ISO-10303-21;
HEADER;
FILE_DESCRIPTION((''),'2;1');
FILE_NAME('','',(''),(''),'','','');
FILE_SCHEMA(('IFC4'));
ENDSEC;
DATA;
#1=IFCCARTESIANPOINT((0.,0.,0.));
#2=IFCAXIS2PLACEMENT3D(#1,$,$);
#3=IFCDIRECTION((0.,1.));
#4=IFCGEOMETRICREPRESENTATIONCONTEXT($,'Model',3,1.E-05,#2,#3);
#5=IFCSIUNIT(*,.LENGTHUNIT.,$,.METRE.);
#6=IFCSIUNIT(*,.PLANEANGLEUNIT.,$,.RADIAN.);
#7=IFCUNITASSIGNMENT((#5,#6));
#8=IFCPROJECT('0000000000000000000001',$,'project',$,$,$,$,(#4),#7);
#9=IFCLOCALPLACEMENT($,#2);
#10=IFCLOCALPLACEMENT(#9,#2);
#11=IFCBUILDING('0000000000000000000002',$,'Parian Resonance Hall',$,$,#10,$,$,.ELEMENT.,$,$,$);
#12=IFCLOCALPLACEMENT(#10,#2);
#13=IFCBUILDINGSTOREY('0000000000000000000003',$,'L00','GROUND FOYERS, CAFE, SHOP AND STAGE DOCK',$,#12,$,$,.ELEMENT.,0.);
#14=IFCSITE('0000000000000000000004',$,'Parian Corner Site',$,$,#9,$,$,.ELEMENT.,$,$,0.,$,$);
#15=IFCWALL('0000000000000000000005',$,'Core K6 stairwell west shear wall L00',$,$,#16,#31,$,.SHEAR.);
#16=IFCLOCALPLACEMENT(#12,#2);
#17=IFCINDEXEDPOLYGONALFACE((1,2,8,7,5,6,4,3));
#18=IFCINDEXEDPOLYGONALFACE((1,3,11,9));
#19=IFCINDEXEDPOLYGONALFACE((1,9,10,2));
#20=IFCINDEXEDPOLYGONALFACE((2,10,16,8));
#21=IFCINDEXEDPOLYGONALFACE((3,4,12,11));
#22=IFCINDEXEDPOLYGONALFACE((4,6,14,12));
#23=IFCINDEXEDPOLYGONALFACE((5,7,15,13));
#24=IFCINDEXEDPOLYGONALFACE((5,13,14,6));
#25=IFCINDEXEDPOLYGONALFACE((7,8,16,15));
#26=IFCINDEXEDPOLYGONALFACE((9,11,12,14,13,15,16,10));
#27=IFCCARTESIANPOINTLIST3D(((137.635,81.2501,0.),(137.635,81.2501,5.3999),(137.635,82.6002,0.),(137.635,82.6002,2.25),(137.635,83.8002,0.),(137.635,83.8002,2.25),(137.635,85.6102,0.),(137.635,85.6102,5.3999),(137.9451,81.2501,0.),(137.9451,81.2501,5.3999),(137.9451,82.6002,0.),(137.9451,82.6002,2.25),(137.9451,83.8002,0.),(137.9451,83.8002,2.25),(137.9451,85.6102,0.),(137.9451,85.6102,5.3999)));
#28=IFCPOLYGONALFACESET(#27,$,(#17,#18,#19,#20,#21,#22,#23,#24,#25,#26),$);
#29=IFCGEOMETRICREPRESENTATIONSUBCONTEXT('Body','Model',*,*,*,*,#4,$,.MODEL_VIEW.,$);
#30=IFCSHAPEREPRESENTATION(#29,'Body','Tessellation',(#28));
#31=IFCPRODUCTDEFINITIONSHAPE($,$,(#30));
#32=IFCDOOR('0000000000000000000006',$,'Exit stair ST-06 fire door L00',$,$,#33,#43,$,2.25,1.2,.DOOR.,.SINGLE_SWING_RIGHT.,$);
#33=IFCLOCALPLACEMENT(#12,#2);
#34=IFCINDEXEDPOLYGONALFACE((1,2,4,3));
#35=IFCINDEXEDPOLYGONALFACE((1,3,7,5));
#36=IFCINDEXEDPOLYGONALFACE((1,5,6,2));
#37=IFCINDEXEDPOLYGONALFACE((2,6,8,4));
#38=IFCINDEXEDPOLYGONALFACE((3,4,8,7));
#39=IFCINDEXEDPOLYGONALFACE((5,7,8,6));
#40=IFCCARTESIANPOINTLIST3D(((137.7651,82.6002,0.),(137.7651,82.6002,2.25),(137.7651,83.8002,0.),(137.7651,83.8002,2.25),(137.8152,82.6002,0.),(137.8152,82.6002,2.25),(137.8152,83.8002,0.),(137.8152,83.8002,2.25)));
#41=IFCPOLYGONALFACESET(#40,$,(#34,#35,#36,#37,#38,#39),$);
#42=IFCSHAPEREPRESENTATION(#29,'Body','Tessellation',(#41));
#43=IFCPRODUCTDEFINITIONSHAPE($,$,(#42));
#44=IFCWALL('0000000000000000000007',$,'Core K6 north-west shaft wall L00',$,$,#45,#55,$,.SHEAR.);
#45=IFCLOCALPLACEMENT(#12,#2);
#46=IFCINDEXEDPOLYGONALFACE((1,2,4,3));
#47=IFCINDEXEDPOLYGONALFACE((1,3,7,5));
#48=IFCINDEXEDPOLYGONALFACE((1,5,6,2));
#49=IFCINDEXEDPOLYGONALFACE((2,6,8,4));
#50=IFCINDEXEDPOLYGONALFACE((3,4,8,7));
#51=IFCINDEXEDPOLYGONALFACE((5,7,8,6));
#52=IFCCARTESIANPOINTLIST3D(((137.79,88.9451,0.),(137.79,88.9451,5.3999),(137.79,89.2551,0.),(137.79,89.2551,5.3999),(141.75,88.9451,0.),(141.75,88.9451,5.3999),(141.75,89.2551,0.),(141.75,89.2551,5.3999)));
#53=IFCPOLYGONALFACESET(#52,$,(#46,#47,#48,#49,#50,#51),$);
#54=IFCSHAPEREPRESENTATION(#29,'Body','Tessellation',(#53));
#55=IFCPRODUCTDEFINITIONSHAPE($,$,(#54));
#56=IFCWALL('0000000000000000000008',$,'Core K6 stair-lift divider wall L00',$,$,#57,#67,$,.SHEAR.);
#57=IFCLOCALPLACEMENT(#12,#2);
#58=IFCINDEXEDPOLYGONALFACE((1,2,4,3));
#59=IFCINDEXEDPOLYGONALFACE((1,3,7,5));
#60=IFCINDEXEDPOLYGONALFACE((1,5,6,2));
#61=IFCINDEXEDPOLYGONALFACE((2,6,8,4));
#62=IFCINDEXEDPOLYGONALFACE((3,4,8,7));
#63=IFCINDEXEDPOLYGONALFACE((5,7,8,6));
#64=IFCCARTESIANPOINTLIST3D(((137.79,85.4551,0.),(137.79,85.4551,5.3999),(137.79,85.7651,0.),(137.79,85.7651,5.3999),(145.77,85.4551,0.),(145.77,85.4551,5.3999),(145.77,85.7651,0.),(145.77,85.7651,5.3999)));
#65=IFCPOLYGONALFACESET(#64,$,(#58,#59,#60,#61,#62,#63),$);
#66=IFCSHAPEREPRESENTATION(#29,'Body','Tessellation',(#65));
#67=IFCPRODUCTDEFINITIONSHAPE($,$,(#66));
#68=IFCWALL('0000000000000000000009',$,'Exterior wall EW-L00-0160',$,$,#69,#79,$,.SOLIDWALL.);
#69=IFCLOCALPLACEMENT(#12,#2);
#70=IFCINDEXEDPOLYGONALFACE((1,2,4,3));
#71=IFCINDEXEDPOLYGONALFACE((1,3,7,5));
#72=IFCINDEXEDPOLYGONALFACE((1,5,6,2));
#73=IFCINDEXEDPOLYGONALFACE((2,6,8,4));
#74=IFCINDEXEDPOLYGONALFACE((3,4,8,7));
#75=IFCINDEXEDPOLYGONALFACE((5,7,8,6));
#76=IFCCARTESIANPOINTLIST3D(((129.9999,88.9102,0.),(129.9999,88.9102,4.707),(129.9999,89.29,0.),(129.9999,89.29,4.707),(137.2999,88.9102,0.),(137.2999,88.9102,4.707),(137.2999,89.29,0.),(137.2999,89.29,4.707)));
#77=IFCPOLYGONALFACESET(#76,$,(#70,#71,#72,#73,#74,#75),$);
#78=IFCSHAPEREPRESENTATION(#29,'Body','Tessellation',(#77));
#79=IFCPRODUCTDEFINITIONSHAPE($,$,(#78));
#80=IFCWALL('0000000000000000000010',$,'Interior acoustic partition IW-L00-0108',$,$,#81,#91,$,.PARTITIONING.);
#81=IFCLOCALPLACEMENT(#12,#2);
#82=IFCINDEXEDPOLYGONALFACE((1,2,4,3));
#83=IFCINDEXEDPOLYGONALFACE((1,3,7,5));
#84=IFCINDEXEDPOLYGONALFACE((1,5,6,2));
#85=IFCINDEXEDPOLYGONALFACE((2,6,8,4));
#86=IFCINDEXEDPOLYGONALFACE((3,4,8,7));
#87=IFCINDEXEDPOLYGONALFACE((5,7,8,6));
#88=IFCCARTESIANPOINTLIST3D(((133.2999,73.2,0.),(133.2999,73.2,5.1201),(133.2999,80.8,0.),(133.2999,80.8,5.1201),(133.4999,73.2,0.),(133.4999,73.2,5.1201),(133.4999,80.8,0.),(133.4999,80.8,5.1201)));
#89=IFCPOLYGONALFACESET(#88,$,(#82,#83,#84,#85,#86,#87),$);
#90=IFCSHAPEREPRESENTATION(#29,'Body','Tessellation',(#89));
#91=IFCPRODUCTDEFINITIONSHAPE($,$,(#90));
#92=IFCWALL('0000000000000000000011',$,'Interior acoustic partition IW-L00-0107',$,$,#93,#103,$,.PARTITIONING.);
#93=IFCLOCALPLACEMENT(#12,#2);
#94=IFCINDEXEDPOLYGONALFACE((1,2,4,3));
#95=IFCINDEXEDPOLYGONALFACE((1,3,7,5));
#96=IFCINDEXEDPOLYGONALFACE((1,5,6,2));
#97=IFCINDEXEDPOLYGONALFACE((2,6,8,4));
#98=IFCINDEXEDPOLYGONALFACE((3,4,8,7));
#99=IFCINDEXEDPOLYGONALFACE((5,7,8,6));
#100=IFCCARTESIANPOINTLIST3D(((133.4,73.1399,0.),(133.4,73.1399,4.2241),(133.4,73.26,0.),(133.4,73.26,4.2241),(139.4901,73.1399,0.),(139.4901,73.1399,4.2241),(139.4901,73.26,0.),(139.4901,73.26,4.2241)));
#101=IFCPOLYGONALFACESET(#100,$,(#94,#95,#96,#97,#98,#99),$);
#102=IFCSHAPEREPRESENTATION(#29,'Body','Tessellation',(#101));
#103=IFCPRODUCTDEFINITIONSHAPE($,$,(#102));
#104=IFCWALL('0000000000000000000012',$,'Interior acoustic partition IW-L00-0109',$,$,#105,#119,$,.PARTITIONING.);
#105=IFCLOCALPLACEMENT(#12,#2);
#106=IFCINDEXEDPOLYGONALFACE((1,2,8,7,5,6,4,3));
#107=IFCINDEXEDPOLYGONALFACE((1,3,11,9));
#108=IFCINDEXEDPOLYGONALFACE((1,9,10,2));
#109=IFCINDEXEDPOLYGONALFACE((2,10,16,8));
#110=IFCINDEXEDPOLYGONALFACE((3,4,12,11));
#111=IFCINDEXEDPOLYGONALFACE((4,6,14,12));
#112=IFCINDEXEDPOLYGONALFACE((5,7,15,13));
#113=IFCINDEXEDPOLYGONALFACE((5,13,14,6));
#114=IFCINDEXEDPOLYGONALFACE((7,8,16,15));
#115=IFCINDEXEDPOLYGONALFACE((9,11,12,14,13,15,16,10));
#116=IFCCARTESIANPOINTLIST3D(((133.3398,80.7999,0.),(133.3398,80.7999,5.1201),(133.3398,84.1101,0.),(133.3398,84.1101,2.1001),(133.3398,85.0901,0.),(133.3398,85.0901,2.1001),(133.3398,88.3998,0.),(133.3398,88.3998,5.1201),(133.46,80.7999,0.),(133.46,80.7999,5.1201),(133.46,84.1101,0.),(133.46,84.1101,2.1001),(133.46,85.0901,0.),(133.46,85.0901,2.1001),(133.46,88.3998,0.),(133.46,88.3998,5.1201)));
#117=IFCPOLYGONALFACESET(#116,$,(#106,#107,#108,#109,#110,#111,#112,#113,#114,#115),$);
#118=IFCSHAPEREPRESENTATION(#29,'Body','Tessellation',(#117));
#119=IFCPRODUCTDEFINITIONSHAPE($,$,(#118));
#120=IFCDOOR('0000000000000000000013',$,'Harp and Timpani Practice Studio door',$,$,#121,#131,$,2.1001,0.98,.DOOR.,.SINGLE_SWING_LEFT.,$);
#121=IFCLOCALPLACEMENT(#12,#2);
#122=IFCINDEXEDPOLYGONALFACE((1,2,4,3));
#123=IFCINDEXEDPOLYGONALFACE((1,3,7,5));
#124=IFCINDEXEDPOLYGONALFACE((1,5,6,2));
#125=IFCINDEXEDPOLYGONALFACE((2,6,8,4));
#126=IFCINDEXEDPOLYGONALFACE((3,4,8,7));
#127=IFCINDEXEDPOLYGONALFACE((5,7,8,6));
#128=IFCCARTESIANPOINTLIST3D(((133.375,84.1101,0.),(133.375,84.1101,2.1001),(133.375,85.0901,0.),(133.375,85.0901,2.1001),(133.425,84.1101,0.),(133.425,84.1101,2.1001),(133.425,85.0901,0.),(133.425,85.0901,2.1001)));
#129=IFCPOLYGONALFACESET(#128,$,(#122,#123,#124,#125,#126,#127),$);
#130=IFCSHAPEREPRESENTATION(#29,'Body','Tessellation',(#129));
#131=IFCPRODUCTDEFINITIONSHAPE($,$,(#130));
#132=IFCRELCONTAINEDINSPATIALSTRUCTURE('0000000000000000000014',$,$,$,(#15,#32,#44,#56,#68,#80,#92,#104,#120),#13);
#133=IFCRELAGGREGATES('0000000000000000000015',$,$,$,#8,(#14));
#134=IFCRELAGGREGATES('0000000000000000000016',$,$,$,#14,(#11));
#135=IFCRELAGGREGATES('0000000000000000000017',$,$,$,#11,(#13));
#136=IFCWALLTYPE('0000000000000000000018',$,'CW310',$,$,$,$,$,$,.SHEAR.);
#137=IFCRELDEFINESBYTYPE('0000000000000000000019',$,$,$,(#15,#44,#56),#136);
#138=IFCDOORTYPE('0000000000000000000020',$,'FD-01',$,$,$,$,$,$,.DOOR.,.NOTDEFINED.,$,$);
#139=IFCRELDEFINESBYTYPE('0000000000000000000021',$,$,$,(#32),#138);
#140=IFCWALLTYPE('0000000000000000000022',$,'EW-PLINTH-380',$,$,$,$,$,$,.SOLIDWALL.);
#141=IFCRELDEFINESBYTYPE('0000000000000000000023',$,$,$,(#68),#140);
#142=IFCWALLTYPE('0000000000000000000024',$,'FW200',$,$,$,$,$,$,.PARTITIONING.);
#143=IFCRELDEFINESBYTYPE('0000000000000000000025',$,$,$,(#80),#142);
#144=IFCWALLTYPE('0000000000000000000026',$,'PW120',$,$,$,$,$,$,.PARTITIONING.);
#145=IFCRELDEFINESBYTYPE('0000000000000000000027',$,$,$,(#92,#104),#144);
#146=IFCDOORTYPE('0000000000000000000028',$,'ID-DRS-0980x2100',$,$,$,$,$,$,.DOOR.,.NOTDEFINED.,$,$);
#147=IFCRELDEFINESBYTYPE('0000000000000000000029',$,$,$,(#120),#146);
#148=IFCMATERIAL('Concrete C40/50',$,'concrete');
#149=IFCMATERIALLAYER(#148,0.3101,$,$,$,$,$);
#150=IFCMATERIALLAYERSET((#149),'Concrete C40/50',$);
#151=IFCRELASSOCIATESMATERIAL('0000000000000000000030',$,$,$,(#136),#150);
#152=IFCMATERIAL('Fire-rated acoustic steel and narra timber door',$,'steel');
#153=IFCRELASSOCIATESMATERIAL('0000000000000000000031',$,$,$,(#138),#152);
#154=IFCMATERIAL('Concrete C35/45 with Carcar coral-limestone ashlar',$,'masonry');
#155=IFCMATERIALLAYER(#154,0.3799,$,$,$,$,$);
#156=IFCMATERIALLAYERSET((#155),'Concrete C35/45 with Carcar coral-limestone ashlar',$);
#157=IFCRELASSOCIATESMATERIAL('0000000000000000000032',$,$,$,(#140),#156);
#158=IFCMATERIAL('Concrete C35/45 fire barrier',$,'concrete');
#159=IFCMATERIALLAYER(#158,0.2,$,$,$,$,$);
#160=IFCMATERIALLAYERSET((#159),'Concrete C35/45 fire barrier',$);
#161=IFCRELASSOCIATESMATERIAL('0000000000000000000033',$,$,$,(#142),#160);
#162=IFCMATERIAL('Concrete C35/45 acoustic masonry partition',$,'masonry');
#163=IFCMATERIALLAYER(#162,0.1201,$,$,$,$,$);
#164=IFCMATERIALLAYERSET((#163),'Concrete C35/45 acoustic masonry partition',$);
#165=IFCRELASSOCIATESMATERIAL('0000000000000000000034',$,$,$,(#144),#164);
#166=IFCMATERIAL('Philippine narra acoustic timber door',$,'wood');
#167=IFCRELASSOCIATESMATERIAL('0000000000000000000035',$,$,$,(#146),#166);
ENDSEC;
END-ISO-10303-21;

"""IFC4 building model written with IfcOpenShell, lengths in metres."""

from ifc_helpers import new_model, si_unit, direction, frame, frame_2d, origin, place, context, subcontext, project, spatial, rectangle, extrude, material, layer, layer_set, type_object, element, fill, save


model = new_model("IFC4")

# Units and contexts
model_context = context("Model", 3, precision=1e-05, world=origin(), true_north=direction((0.0, 1.0)))
body_context = subcontext(model_context, "Body", "Model", "MODEL_VIEW")
ifc_project = project(units=[si_unit("LENGTHUNIT", "METRE"), si_unit("PLANEANGLEUNIT", "RADIAN")], contexts=[model_context])

# Site, building, storey
site_placement = place(None, origin())
site = spatial("IfcSite", under=ifc_project, at=site_placement, Name="Parian Corner Site", CompositionType="ELEMENT", RefElevation=0.0)
building_placement = place(site_placement, origin())
building = spatial("IfcBuilding", under=site, at=building_placement, Name="Parian Resonance Hall", CompositionType="ELEMENT")
storey_placement = place(building_placement, origin())
storey = spatial("IfcBuildingStorey", under=building, at=storey_placement, Name="L00", Description="GROUND FOYERS, CAFE, SHOP AND STAGE DOCK", CompositionType="ELEMENT", Elevation=0.0)

# Wall, opening, door
ifc_material_1 = material(Name="Concrete C40/50", Category="concrete")
ifc_layer_1 = layer(ifc_material_1, 0.3101)
ifc_layer_set_1 = layer_set([ifc_layer_1], Name="Concrete C40/50")
wall_type_1 = type_object("IfcWallType", Name="CW310", PredefinedType="SHEAR", material=ifc_layer_set_1)
wall_1_placement = place(storey_placement, frame((137.79, 81.25, 0.0), z_axis=(0.0, 0.0, 1.0), x_axis=(0.0, 1.0, 0.0)))
wall_1 = element("IfcWall", 1, at=wall_1_placement, inside=storey, type_object=wall_type_1, Name="Core K6 stairwell west shear wall L00", PredefinedType="SHEAR", context=body_context, shape_type="SweptSolid", body=[
    extrude(rectangle(XDim=4.3601, YDim=0.3101, at=frame_2d((2.1802, 0.0))), origin(), (0.0, 0.0, 1.0), 5.3999),
])
opening_1_placement = place(wall_1_placement, frame((1.3501, 0.0, 0.0)))
opening_1 = element("IfcOpeningElement", 2, at=opening_1_placement, cuts=wall_1, PredefinedType="OPENING", context=body_context, shape_type="SweptSolid", body=[
    extrude(rectangle(XDim=1.2, YDim=2.25, at=frame_2d((0.6001, 1.125))), frame((0.0, 0.165, 0.0), z_axis=(0.0, -1.0, 0.0), x_axis=(1.0, 0.0, 0.0)), (0.0, 0.0, 1.0), 0.3301),
])
ifc_material_2 = material(Name="Fire-rated acoustic steel and narra timber door", Category="steel")
door_type_1 = type_object("IfcDoorType", Name="FD-01", OperationType="NOTDEFINED", PredefinedType="DOOR", material=ifc_material_2)
door_1_placement = place(opening_1_placement, origin())
door_1 = element("IfcDoor", 3, at=door_1_placement, inside=storey, type_object=door_type_1, Name="Exit stair ST-06 fire door L00", OperationType="SINGLE_SWING_RIGHT", OverallHeight=2.25, OverallWidth=1.2, PredefinedType="DOOR", context=body_context, shape_type="SweptSolid", body=[
    extrude(rectangle(XDim=1.2, YDim=2.25, at=frame_2d((0.6001, 1.125))), frame((0.0, 0.0249, 0.0), z_axis=(0.0, -1.0, 0.0), x_axis=(1.0, 0.0, 0.0)), (0.0, 0.0, 1.0), 0.05),
])
fill(opening_1, door_1)

# Walls
wall_2_placement = place(storey_placement, frame((137.79, 89.1001, 0.0), z_axis=(0.0, 0.0, 1.0), x_axis=(1.0, 0.0, 0.0)))
element("IfcWall", 4, at=wall_2_placement, inside=storey, type_object=wall_type_1, Name="Core K6 north-west shaft wall L00", PredefinedType="SHEAR", context=body_context, shape_type="SweptSolid", body=[
    extrude(rectangle(XDim=3.96, YDim=0.3101, at=frame_2d((1.98, 0.0))), origin(), (0.0, 0.0, 1.0), 5.3999),
])
wall_3_placement = place(storey_placement, frame((137.79, 85.6101, 0.0), z_axis=(0.0, 0.0, 1.0), x_axis=(1.0, 0.0, 0.0)))
element("IfcWall", 5, at=wall_3_placement, inside=storey, type_object=wall_type_1, Name="Core K6 stair-lift divider wall L00", PredefinedType="SHEAR", context=body_context, shape_type="SweptSolid", body=[
    extrude(rectangle(XDim=7.98, YDim=0.3101, at=frame_2d((3.99, 0.0))), origin(), (0.0, 0.0, 1.0), 5.3999),
])

# Shared definitions
ifc_material_3 = material(Name="Concrete C35/45 with Carcar coral-limestone ashlar", Category="masonry")
ifc_layer_2 = layer(ifc_material_3, 0.3799)
ifc_layer_set_2 = layer_set([ifc_layer_2], Name="Concrete C35/45 with Carcar coral-limestone ashlar")
wall_type_2 = type_object("IfcWallType", Name="EW-PLINTH-380", PredefinedType="SOLIDWALL", material=ifc_layer_set_2)

# Walls
wall_4_placement = place(storey_placement, frame((130.0, 89.1001, 0.0), z_axis=(0.0, 0.0, 1.0), x_axis=(1.0, 0.0, 0.0)))
element("IfcWall", 6, at=wall_4_placement, inside=storey, type_object=wall_type_2, Name="Exterior wall EW-L00-0160", PredefinedType="SOLIDWALL", context=body_context, shape_type="SweptSolid", body=[
    extrude(rectangle(XDim=7.3, YDim=0.3799, at=frame_2d((3.6499, 0.0))), origin(), (0.0, 0.0, 1.0), 4.707),
])
ifc_material_4 = material(Name="Concrete C35/45 fire barrier", Category="concrete")
ifc_layer_3 = layer(ifc_material_4, 0.2)
ifc_layer_set_3 = layer_set([ifc_layer_3], Name="Concrete C35/45 fire barrier")
wall_type_3 = type_object("IfcWallType", Name="FW200", PredefinedType="PARTITIONING", material=ifc_layer_set_3)
wall_5_placement = place(storey_placement, frame((133.3999, 73.2, 0.0), z_axis=(0.0, 0.0, 1.0), x_axis=(0.0, 1.0, 0.0)))
element("IfcWall", 7, at=wall_5_placement, inside=storey, type_object=wall_type_3, Name="Interior acoustic partition IW-L00-0108", PredefinedType="PARTITIONING", context=body_context, shape_type="SweptSolid", body=[
    extrude(rectangle(XDim=7.6001, YDim=0.2, at=frame_2d((3.8, 0.0))), origin(), (0.0, 0.0, 1.0), 5.1201),
])
ifc_material_5 = material(Name="Concrete C35/45 acoustic masonry partition", Category="masonry")
ifc_layer_4 = layer(ifc_material_5, 0.1201)
ifc_layer_set_4 = layer_set([ifc_layer_4], Name="Concrete C35/45 acoustic masonry partition")
wall_type_4 = type_object("IfcWallType", Name="PW120", PredefinedType="PARTITIONING", material=ifc_layer_set_4)
wall_6_placement = place(storey_placement, frame((139.49, 73.2, 0.0), z_axis=(0.0, 0.0, 1.0), x_axis=(-1.0, 0.0, 0.0)))
element("IfcWall", 8, at=wall_6_placement, inside=storey, type_object=wall_type_4, Name="Interior acoustic partition IW-L00-0107", PredefinedType="PARTITIONING", context=body_context, shape_type="SweptSolid", body=[
    extrude(rectangle(XDim=6.0901, YDim=0.1201, at=frame_2d((3.0449, 0.0))), origin(), (0.0, 0.0, 1.0), 4.2241),
])

# Wall, opening, door
wall_7_placement = place(storey_placement, frame((133.3999, 80.8, 0.0), z_axis=(0.0, 0.0, 1.0), x_axis=(0.0, 1.0, 0.0)))
wall_7 = element("IfcWall", 9, at=wall_7_placement, inside=storey, type_object=wall_type_4, Name="Interior acoustic partition IW-L00-0109", PredefinedType="PARTITIONING", context=body_context, shape_type="SweptSolid", body=[
    extrude(rectangle(XDim=7.5999, YDim=0.1201, at=frame_2d((3.7998, 0.0))), origin(), (0.0, 0.0, 1.0), 5.1201),
])
opening_2_placement = place(wall_7_placement, frame((3.3101, 0.0, 0.0)))
opening_2 = element("IfcOpeningElement", 10, at=opening_2_placement, cuts=wall_7, PredefinedType="OPENING", context=body_context, shape_type="SweptSolid", body=[
    extrude(rectangle(XDim=0.98, YDim=2.1001, at=frame_2d((0.49, 1.05))), frame((0.0, 0.0701, 0.0), z_axis=(0.0, -1.0, 0.0), x_axis=(1.0, 0.0, 0.0)), (0.0, 0.0, 1.0), 0.1401),
])
ifc_material_6 = material(Name="Philippine narra acoustic timber door", Category="wood")
door_type_2 = type_object("IfcDoorType", Name="ID-DRS-0980x2100", OperationType="NOTDEFINED", PredefinedType="DOOR", material=ifc_material_6)
door_2_placement = place(opening_2_placement, origin())
door_2 = element("IfcDoor", 11, at=door_2_placement, inside=storey, type_object=door_type_2, Name="Harp and Timpani Practice Studio door", OperationType="SINGLE_SWING_LEFT", OverallHeight=2.1001, OverallWidth=0.98, PredefinedType="DOOR", context=body_context, shape_type="SweptSolid", body=[
    extrude(rectangle(XDim=0.98, YDim=2.1001, at=frame_2d((0.49, 1.05))), frame((0.0, 0.0249, 0.0), z_axis=(0.0, -1.0, 0.0), x_axis=(1.0, 0.0, 0.0)), (0.0, 0.0, 1.0), 0.05),
])
fill(opening_2, door_2)

save(model, "model.ifc")
